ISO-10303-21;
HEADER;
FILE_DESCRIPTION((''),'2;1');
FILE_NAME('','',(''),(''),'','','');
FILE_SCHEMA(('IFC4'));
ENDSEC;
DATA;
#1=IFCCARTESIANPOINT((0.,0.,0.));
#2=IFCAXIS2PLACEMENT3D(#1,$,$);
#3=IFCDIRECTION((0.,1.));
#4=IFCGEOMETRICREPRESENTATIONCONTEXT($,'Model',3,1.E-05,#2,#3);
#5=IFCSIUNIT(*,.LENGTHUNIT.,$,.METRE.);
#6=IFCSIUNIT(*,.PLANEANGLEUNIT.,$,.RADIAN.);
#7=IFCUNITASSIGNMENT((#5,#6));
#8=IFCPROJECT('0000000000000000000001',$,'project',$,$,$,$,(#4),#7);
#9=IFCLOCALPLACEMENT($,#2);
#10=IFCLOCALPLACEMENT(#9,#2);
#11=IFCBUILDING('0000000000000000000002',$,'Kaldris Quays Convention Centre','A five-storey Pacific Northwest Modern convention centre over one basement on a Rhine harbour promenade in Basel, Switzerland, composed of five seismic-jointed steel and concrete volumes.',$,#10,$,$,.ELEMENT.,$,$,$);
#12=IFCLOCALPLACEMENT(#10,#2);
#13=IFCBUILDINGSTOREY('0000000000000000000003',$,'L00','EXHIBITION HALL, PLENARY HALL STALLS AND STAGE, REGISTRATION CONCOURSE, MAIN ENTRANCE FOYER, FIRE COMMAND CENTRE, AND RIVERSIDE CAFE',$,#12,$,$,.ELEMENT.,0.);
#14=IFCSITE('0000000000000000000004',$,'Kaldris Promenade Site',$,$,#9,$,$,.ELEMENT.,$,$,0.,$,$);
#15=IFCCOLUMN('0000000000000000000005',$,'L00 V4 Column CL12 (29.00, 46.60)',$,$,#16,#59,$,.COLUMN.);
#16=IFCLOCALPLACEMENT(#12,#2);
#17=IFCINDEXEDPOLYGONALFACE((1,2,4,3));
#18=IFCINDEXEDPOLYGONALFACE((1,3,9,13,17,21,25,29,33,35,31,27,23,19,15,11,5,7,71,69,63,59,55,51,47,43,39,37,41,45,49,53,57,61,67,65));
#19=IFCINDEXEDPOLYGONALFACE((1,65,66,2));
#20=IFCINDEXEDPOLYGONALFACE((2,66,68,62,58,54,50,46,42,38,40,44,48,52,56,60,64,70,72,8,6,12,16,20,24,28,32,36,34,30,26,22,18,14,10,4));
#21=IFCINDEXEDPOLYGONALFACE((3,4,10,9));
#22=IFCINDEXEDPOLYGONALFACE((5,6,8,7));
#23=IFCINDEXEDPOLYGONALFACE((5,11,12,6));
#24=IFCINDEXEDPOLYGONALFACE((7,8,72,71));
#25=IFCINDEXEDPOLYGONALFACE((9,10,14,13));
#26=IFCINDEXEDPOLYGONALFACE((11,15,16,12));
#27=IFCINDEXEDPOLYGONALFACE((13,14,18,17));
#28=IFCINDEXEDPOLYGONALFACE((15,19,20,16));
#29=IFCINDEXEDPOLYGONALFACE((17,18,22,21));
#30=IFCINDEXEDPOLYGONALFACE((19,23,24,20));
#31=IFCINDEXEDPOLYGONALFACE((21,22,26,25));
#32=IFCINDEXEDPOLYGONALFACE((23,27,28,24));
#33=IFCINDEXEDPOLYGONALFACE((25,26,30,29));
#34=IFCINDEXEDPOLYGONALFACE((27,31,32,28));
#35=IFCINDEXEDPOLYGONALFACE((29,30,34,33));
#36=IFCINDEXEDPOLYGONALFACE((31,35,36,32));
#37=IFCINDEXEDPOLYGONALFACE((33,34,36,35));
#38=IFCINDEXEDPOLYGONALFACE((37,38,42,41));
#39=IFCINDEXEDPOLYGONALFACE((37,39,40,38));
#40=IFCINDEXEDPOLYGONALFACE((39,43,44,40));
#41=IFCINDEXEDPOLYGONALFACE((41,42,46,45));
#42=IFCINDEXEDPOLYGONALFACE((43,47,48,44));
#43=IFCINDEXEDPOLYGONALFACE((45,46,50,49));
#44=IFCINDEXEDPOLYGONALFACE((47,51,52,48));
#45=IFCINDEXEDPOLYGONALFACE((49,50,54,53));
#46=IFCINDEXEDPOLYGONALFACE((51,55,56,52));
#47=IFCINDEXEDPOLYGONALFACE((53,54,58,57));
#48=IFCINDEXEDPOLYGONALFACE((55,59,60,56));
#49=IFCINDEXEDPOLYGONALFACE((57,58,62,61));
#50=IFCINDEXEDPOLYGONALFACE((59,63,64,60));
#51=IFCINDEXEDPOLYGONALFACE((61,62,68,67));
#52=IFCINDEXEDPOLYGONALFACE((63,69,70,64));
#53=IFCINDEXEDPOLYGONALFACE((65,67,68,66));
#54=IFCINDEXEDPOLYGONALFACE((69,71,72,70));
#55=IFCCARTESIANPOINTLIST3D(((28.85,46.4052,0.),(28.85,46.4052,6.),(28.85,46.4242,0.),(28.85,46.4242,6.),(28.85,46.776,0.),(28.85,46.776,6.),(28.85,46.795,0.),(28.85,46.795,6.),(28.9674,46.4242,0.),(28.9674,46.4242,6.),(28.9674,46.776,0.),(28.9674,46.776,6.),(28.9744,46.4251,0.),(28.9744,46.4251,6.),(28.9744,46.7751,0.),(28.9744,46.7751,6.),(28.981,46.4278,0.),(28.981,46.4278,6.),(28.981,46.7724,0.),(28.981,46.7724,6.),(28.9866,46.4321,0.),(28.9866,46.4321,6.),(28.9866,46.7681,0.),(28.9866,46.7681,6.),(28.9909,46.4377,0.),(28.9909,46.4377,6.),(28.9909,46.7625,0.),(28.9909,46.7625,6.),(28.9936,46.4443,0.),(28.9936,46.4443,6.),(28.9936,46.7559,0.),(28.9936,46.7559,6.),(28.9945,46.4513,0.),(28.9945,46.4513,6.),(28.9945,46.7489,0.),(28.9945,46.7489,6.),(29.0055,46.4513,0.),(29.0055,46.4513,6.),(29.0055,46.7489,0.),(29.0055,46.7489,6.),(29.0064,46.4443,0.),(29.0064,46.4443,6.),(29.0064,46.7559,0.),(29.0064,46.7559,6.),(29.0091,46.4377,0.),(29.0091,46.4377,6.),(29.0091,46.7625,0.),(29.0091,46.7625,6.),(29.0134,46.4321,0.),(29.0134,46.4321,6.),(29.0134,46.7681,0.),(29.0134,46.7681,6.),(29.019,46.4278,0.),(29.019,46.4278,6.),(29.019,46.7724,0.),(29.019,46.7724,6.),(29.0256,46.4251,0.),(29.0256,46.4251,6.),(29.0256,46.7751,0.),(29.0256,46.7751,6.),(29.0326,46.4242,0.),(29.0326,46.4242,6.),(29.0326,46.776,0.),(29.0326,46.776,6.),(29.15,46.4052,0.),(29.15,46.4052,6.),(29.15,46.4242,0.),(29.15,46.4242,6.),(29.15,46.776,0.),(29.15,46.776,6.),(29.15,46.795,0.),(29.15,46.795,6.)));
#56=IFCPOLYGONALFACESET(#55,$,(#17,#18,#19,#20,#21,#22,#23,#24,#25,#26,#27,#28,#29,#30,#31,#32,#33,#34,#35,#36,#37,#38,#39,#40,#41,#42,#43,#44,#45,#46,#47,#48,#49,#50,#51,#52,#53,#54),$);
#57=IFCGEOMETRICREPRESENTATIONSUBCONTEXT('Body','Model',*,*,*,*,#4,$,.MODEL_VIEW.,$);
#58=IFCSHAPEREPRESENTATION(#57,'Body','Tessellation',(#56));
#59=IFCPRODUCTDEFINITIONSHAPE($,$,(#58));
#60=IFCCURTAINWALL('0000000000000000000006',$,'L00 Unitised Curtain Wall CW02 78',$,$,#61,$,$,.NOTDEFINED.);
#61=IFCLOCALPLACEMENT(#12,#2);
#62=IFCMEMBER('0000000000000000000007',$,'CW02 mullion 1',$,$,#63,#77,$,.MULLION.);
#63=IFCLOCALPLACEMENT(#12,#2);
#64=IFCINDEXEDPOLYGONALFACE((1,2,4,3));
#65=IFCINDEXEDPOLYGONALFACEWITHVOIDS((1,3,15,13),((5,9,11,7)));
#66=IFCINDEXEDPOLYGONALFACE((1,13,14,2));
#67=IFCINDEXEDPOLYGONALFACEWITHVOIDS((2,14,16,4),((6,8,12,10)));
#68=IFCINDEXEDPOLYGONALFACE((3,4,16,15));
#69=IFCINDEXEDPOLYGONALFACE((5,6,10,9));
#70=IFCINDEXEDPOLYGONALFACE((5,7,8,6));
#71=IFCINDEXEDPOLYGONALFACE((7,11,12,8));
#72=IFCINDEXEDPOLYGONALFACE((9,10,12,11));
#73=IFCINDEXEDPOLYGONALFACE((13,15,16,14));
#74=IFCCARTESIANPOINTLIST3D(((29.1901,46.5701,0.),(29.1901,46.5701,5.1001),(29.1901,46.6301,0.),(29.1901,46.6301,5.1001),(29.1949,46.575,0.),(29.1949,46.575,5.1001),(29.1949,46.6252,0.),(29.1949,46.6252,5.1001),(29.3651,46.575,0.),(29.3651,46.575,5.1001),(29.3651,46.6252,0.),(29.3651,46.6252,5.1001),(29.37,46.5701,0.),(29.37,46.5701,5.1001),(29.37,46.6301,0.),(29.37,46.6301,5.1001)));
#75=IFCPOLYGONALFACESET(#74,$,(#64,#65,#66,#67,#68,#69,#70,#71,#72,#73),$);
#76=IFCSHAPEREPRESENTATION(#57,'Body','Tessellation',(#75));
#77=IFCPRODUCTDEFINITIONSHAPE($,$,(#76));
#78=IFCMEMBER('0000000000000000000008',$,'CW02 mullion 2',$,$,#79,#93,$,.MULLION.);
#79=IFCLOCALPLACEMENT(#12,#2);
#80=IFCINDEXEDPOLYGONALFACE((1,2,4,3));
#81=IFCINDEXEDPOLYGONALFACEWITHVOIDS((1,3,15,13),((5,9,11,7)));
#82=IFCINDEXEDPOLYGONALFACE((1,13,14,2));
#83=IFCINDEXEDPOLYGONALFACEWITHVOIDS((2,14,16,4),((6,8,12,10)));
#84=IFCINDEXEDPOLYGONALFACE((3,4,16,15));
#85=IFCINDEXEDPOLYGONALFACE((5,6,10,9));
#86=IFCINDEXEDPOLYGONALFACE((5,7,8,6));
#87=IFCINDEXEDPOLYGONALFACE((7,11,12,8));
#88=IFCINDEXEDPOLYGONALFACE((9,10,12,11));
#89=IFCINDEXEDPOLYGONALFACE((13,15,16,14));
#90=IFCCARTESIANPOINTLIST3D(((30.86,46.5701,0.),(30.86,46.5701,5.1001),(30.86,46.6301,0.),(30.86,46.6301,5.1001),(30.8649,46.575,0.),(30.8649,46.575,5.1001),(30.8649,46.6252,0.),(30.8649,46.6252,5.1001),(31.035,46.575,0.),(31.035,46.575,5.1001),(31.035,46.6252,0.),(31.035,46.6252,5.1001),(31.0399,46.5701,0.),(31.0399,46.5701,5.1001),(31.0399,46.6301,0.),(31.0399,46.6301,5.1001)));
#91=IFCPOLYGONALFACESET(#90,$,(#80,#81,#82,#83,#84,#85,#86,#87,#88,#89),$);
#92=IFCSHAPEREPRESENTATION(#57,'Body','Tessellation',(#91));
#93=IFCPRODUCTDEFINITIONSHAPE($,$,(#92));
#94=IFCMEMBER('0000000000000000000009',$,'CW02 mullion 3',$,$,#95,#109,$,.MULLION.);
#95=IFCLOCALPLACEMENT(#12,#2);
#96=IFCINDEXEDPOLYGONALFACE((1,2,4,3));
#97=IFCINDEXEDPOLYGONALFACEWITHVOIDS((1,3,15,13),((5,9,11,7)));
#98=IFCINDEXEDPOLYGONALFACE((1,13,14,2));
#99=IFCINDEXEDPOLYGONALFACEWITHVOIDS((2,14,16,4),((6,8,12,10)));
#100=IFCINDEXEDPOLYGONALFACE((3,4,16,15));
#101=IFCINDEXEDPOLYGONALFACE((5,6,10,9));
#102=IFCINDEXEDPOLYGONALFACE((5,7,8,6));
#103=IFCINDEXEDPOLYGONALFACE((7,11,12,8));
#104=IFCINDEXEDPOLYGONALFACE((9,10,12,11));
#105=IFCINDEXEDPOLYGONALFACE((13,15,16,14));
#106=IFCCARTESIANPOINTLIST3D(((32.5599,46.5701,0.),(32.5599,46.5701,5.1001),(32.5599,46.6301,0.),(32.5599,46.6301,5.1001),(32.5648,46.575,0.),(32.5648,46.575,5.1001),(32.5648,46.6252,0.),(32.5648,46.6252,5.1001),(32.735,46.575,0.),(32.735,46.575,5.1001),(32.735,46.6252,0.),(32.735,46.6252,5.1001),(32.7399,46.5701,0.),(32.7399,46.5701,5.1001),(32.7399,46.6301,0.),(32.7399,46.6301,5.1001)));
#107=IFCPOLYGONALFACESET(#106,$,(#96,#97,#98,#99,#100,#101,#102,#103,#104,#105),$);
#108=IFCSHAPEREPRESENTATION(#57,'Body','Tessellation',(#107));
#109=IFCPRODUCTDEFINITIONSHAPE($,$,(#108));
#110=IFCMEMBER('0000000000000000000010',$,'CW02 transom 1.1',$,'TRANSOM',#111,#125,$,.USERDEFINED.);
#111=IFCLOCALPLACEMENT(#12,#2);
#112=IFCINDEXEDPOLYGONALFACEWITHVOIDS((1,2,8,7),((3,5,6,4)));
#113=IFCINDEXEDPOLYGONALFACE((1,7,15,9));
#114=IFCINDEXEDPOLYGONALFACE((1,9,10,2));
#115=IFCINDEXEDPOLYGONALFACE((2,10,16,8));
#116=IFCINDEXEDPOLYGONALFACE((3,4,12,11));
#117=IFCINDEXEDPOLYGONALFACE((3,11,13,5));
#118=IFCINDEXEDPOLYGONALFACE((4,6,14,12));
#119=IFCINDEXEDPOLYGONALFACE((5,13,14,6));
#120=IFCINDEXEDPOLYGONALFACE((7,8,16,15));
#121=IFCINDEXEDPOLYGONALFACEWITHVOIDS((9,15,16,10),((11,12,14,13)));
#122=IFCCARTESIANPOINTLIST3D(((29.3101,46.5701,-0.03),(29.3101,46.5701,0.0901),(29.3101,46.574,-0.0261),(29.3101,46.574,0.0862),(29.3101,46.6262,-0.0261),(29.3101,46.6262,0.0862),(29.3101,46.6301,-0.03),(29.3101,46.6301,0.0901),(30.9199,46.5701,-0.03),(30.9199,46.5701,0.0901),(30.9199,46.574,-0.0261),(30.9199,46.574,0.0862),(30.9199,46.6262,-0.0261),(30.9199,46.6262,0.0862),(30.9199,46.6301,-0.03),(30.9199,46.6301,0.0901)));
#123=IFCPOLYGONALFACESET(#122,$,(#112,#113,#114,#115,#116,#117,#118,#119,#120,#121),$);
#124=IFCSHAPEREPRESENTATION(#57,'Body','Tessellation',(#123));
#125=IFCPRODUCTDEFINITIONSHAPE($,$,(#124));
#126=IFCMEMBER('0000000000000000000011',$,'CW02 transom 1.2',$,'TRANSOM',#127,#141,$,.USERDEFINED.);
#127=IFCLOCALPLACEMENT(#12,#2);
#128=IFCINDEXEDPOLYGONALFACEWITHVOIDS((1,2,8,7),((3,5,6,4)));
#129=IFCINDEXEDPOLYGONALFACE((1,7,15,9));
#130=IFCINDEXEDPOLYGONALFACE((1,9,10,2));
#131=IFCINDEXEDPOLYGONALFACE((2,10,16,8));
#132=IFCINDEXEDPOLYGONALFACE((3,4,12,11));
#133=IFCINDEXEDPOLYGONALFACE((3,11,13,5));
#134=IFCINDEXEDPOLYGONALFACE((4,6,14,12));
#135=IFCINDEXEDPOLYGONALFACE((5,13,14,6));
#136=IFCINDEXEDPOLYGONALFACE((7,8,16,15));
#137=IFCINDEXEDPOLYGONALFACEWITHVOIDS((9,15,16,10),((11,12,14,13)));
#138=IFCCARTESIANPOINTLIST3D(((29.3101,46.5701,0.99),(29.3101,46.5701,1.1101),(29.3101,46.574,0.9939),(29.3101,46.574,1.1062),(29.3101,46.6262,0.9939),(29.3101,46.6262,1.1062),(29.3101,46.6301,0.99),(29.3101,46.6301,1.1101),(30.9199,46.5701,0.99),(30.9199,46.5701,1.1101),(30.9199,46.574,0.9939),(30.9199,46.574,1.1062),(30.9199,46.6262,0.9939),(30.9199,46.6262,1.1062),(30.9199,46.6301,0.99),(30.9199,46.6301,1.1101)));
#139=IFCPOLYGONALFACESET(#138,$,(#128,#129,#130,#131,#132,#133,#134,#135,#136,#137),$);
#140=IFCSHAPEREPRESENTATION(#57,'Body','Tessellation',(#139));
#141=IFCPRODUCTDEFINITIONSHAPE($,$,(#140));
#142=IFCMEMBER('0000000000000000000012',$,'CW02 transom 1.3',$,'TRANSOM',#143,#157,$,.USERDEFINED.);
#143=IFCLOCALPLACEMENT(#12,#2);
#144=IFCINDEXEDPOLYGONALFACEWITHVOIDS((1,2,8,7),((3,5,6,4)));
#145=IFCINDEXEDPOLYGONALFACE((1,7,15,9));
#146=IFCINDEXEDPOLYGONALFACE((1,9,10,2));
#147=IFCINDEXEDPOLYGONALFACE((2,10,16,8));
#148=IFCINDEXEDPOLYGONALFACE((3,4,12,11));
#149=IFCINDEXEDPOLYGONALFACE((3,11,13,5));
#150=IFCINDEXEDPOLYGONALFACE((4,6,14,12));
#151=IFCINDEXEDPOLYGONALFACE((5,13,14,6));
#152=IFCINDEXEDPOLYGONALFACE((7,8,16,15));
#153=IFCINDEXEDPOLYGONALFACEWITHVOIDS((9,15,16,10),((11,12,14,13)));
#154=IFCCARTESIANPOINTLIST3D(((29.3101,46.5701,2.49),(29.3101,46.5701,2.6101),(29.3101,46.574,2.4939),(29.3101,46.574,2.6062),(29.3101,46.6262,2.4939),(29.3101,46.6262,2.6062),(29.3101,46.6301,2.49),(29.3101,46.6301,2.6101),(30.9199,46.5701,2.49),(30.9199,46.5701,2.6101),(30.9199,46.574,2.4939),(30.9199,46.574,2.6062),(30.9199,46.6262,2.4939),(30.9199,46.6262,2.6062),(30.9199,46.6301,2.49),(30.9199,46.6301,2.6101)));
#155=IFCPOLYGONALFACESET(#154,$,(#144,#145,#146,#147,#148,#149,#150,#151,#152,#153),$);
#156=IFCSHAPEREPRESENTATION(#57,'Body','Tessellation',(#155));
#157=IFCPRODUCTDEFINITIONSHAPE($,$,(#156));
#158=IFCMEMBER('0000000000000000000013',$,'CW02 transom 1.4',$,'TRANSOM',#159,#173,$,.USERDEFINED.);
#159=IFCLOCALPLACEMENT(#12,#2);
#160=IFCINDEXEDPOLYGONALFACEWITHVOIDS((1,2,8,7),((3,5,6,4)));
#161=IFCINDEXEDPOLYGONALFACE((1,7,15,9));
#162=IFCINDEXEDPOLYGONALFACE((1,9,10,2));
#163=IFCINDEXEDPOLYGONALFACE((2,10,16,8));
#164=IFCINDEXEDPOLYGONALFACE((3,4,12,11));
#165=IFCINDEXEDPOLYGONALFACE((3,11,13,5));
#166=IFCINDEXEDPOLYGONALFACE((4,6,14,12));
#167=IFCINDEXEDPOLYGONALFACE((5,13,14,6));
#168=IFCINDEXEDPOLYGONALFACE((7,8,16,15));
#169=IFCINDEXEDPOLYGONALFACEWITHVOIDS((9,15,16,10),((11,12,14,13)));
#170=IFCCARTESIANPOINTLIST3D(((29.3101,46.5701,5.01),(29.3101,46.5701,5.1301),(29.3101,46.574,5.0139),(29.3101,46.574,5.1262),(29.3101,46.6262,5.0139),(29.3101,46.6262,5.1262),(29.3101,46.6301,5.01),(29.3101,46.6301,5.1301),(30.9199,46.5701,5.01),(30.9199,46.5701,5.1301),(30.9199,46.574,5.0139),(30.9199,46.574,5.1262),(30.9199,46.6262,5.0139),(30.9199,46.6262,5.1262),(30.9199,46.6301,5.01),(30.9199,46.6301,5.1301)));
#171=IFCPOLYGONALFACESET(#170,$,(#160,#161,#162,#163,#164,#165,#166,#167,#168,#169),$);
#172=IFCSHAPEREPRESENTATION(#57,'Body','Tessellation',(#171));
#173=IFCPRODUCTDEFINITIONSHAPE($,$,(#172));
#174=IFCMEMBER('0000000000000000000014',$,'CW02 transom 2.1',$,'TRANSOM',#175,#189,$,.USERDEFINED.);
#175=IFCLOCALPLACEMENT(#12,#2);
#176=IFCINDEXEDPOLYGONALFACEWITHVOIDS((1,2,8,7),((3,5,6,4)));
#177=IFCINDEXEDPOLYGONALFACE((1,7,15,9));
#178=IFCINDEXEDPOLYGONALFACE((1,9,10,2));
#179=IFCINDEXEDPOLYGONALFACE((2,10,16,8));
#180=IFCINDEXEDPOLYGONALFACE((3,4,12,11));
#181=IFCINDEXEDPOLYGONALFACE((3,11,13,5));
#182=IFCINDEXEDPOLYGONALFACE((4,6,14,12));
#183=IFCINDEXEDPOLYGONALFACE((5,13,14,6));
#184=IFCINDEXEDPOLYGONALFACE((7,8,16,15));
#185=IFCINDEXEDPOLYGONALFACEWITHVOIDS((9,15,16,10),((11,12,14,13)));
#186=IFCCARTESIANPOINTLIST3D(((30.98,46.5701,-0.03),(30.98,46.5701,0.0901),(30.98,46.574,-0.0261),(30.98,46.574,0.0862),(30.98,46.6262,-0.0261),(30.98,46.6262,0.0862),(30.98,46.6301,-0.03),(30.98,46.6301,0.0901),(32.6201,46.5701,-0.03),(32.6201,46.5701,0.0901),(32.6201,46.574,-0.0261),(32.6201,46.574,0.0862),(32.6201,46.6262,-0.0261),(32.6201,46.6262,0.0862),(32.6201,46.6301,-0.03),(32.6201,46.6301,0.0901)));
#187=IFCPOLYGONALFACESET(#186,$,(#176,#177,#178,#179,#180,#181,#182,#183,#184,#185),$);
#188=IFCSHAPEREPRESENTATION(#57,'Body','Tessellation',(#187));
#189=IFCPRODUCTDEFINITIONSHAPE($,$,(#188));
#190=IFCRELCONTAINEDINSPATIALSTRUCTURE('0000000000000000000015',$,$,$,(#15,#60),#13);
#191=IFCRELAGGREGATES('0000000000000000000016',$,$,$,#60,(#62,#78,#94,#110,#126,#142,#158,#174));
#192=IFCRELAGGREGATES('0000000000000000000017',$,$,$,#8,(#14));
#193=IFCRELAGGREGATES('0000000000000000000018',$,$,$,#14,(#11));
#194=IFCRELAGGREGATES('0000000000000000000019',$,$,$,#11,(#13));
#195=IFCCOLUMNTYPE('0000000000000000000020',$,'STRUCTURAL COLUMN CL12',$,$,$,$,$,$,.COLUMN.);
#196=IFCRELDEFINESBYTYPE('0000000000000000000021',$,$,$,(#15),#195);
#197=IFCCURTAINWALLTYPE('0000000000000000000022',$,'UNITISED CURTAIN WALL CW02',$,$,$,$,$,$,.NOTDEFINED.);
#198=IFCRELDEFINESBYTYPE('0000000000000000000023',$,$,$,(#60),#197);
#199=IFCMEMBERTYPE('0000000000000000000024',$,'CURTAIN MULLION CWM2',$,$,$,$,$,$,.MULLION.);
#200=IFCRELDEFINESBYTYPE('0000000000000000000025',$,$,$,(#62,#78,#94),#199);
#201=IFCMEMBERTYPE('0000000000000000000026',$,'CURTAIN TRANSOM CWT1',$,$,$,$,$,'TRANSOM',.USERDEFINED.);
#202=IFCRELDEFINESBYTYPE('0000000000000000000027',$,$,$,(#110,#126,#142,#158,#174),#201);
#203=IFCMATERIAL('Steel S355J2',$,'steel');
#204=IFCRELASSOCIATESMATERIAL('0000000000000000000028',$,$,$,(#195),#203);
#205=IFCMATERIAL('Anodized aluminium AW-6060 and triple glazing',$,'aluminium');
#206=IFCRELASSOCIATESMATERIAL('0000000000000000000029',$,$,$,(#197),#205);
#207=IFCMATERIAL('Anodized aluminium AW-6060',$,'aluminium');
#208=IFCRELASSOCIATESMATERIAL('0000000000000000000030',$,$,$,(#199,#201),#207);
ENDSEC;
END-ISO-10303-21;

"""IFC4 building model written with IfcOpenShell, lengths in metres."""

from ifc_helpers import new_model, si_unit, direction, frame, origin, origin_2d, place, context, subcontext, project, spatial, hollow_rectangle, i_section, extrude, material, material_profile, profile_set, type_object, element, aggregate, save


model = new_model("IFC4")

# Units and contexts
model_context = context("Model", 3, precision=1e-05, world=origin(), true_north=direction((0.0, 1.0)))
body_context = subcontext(model_context, "Body", "Model", "MODEL_VIEW")
ifc_project = project(units=[si_unit("LENGTHUNIT", "METRE"), si_unit("PLANEANGLEUNIT", "RADIAN")], contexts=[model_context])

# Site, building, storey
site_placement = place(None, origin())
site = spatial("IfcSite", under=ifc_project, at=site_placement, Name="Kaldris Promenade Site", CompositionType="ELEMENT", RefElevation=0.0)
building_placement = place(site_placement, origin())
building = spatial("IfcBuilding", under=site, at=building_placement, Name="Kaldris Quays Convention Centre", Description="A five-storey Pacific Northwest Modern convention centre over one basement on a Rhine harbour promenade in Basel, Switzerland, composed of five seismic-jointed steel and concrete volumes.", CompositionType="ELEMENT")
storey_placement = place(building_placement, origin())
storey = spatial("IfcBuildingStorey", under=building, at=storey_placement, Name="L00", Description="EXHIBITION HALL, PLENARY HALL STALLS AND STAGE, REGISTRATION CONCOURSE, MAIN ENTRANCE FOYER, FIRE COMMAND CENTRE, AND RIVERSIDE CAFE", CompositionType="ELEMENT", Elevation=0.0)

# Column
ifc_material_1 = material(Name="Steel S355J2", Category="steel")
ifc_material_profile_1 = material_profile(ifc_material_1, i_section(OverallWidth=0.3, OverallDepth=0.3899, WebThickness=0.011, FlangeThickness=0.019, FilletRadius=0.0271, at=origin_2d()), Name="HEA 400")
ifc_profile_set_1 = profile_set([ifc_material_profile_1], Name="Steel S355J2")
column_type = type_object("IfcColumnType", Name="STRUCTURAL COLUMN CL12", PredefinedType="COLUMN", material=ifc_profile_set_1)
column_placement = place(storey_placement, frame((29.0, 46.6001, 0.0), z_axis=(0.0, 0.0, 1.0), x_axis=(1.0, 0.0, 0.0)))
element("IfcColumn", 1, at=column_placement, inside=storey, type_object=column_type, Name="L00 V4 Column CL12 (29.00, 46.60)", PredefinedType="COLUMN", context=body_context, shape_type="SweptSolid", body=[
    extrude(i_section(OverallWidth=0.3, OverallDepth=0.3899, WebThickness=0.011, FlangeThickness=0.019, FilletRadius=0.0271, at=origin_2d()), origin(), (0.0, 0.0, 1.0), 6.0),
])

# Curtain wall, members
ifc_material_2 = material(Name="Anodized aluminium AW-6060 and triple glazing", Category="aluminium")
curtain_wall_type = type_object("IfcCurtainWallType", Name="UNITISED CURTAIN WALL CW02", PredefinedType="NOTDEFINED", material=ifc_material_2)
curtain_wall_placement = place(storey_placement, origin())
curtain_wall = element("IfcCurtainWall", 2, at=curtain_wall_placement, inside=storey, type_object=curtain_wall_type, Name="L00 Unitised Curtain Wall CW02 78", PredefinedType="NOTDEFINED")
ifc_material_3 = material(Name="Anodized aluminium AW-6060", Category="aluminium")
ifc_material_profile_2 = material_profile(ifc_material_3, hollow_rectangle(XDim=0.0601, YDim=0.1799, WallThickness=0.0049, at=origin_2d()), Name="RHS 180x60x5")
ifc_profile_set_2 = profile_set([ifc_material_profile_2], Name="Anodized aluminium AW-6060")
member_type_1 = type_object("IfcMemberType", Name="CURTAIN MULLION CWM2", PredefinedType="MULLION", material=ifc_profile_set_2)
member_1_placement = place(storey_placement, frame((29.28, 46.6001, 0.0), z_axis=(0.0, 0.0, 1.0), x_axis=(0.0, 1.0, 0.0)))
member_1 = element("IfcMember", 3, at=member_1_placement, type_object=member_type_1, Name="CW02 mullion 1", PredefinedType="MULLION", context=body_context, shape_type="SweptSolid", body=[
    extrude(hollow_rectangle(XDim=0.0601, YDim=0.1799, WallThickness=0.0049, at=origin_2d()), origin(), (0.0, 0.0, 1.0), 5.1001),
])
member_2_placement = place(storey_placement, frame((30.95, 46.6001, 0.0), z_axis=(0.0, 0.0, 1.0), x_axis=(0.0, 1.0, 0.0)))
member_2 = element("IfcMember", 4, at=member_2_placement, type_object=member_type_1, Name="CW02 mullion 2", PredefinedType="MULLION", context=body_context, shape_type="SweptSolid", body=[
    extrude(hollow_rectangle(XDim=0.0601, YDim=0.1799, WallThickness=0.0049, at=origin_2d()), origin(), (0.0, 0.0, 1.0), 5.1001),
])
member_3_placement = place(storey_placement, frame((32.6499, 46.6001, 0.0), z_axis=(0.0, 0.0, 1.0), x_axis=(0.0, 1.0, 0.0)))
member_3 = element("IfcMember", 5, at=member_3_placement, type_object=member_type_1, Name="CW02 mullion 3", PredefinedType="MULLION", context=body_context, shape_type="SweptSolid", body=[
    extrude(hollow_rectangle(XDim=0.0601, YDim=0.1799, WallThickness=0.0049, at=origin_2d()), origin(), (0.0, 0.0, 1.0), 5.1001),
])
ifc_material_profile_3 = material_profile(ifc_material_3, hollow_rectangle(XDim=0.0601, YDim=0.1201, WallThickness=0.0039, at=origin_2d()), Name="RHS 120x60x4")
ifc_profile_set_3 = profile_set([ifc_material_profile_3], Name="Anodized aluminium AW-6060")
member_type_2 = type_object("IfcMemberType", Name="CURTAIN TRANSOM CWT1", ElementType="TRANSOM", PredefinedType="USERDEFINED", material=ifc_profile_set_3)
member_4_placement = place(storey_placement, frame((29.3101, 46.6001, 0.03), z_axis=(1.0, 0.0, 0.0), x_axis=(0.0, 1.0, 0.0)))
member_4 = element("IfcMember", 6, at=member_4_placement, type_object=member_type_2, Name="CW02 transom 1.1", ObjectType="TRANSOM", PredefinedType="USERDEFINED", context=body_context, shape_type="SweptSolid", body=[
    extrude(hollow_rectangle(XDim=0.0601, YDim=0.1201, WallThickness=0.0039, at=origin_2d()), origin(), (0.0, 0.0, 1.0), 1.6099),
])
member_5_placement = place(storey_placement, frame((29.3101, 46.6001, 1.05), z_axis=(1.0, 0.0, 0.0), x_axis=(0.0, 1.0, 0.0)))
member_5 = element("IfcMember", 7, at=member_5_placement, type_object=member_type_2, Name="CW02 transom 1.2", ObjectType="TRANSOM", PredefinedType="USERDEFINED", context=body_context, shape_type="SweptSolid", body=[
    extrude(hollow_rectangle(XDim=0.0601, YDim=0.1201, WallThickness=0.0039, at=origin_2d()), origin(), (0.0, 0.0, 1.0), 1.6099),
])
member_6_placement = place(storey_placement, frame((29.3101, 46.6001, 2.55), z_axis=(1.0, 0.0, 0.0), x_axis=(0.0, 1.0, 0.0)))
member_6 = element("IfcMember", 8, at=member_6_placement, type_object=member_type_2, Name="CW02 transom 1.3", ObjectType="TRANSOM", PredefinedType="USERDEFINED", context=body_context, shape_type="SweptSolid", body=[
    extrude(hollow_rectangle(XDim=0.0601, YDim=0.1201, WallThickness=0.0039, at=origin_2d()), origin(), (0.0, 0.0, 1.0), 1.6099),
])
member_7_placement = place(storey_placement, frame((29.3101, 46.6001, 5.0701), z_axis=(1.0, 0.0, 0.0), x_axis=(0.0, 1.0, 0.0)))
member_7 = element("IfcMember", 9, at=member_7_placement, type_object=member_type_2, Name="CW02 transom 1.4", ObjectType="TRANSOM", PredefinedType="USERDEFINED", context=body_context, shape_type="SweptSolid", body=[
    extrude(hollow_rectangle(XDim=0.0601, YDim=0.1201, WallThickness=0.0039, at=origin_2d()), origin(), (0.0, 0.0, 1.0), 1.6099),
])
member_8_placement = place(storey_placement, frame((30.98, 46.6001, 0.03), z_axis=(1.0, 0.0, 0.0), x_axis=(0.0, 1.0, 0.0)))
member_8 = element("IfcMember", 10, at=member_8_placement, type_object=member_type_2, Name="CW02 transom 2.1", ObjectType="TRANSOM", PredefinedType="USERDEFINED", context=body_context, shape_type="SweptSolid", body=[
    extrude(hollow_rectangle(XDim=0.0601, YDim=0.1201, WallThickness=0.0039, at=origin_2d()), origin(), (0.0, 0.0, 1.0), 1.6401),
])

aggregate(curtain_wall, [member_1, member_2, member_3, member_4, member_5, member_6, member_7, member_8])

save(model, "model.ifc")
